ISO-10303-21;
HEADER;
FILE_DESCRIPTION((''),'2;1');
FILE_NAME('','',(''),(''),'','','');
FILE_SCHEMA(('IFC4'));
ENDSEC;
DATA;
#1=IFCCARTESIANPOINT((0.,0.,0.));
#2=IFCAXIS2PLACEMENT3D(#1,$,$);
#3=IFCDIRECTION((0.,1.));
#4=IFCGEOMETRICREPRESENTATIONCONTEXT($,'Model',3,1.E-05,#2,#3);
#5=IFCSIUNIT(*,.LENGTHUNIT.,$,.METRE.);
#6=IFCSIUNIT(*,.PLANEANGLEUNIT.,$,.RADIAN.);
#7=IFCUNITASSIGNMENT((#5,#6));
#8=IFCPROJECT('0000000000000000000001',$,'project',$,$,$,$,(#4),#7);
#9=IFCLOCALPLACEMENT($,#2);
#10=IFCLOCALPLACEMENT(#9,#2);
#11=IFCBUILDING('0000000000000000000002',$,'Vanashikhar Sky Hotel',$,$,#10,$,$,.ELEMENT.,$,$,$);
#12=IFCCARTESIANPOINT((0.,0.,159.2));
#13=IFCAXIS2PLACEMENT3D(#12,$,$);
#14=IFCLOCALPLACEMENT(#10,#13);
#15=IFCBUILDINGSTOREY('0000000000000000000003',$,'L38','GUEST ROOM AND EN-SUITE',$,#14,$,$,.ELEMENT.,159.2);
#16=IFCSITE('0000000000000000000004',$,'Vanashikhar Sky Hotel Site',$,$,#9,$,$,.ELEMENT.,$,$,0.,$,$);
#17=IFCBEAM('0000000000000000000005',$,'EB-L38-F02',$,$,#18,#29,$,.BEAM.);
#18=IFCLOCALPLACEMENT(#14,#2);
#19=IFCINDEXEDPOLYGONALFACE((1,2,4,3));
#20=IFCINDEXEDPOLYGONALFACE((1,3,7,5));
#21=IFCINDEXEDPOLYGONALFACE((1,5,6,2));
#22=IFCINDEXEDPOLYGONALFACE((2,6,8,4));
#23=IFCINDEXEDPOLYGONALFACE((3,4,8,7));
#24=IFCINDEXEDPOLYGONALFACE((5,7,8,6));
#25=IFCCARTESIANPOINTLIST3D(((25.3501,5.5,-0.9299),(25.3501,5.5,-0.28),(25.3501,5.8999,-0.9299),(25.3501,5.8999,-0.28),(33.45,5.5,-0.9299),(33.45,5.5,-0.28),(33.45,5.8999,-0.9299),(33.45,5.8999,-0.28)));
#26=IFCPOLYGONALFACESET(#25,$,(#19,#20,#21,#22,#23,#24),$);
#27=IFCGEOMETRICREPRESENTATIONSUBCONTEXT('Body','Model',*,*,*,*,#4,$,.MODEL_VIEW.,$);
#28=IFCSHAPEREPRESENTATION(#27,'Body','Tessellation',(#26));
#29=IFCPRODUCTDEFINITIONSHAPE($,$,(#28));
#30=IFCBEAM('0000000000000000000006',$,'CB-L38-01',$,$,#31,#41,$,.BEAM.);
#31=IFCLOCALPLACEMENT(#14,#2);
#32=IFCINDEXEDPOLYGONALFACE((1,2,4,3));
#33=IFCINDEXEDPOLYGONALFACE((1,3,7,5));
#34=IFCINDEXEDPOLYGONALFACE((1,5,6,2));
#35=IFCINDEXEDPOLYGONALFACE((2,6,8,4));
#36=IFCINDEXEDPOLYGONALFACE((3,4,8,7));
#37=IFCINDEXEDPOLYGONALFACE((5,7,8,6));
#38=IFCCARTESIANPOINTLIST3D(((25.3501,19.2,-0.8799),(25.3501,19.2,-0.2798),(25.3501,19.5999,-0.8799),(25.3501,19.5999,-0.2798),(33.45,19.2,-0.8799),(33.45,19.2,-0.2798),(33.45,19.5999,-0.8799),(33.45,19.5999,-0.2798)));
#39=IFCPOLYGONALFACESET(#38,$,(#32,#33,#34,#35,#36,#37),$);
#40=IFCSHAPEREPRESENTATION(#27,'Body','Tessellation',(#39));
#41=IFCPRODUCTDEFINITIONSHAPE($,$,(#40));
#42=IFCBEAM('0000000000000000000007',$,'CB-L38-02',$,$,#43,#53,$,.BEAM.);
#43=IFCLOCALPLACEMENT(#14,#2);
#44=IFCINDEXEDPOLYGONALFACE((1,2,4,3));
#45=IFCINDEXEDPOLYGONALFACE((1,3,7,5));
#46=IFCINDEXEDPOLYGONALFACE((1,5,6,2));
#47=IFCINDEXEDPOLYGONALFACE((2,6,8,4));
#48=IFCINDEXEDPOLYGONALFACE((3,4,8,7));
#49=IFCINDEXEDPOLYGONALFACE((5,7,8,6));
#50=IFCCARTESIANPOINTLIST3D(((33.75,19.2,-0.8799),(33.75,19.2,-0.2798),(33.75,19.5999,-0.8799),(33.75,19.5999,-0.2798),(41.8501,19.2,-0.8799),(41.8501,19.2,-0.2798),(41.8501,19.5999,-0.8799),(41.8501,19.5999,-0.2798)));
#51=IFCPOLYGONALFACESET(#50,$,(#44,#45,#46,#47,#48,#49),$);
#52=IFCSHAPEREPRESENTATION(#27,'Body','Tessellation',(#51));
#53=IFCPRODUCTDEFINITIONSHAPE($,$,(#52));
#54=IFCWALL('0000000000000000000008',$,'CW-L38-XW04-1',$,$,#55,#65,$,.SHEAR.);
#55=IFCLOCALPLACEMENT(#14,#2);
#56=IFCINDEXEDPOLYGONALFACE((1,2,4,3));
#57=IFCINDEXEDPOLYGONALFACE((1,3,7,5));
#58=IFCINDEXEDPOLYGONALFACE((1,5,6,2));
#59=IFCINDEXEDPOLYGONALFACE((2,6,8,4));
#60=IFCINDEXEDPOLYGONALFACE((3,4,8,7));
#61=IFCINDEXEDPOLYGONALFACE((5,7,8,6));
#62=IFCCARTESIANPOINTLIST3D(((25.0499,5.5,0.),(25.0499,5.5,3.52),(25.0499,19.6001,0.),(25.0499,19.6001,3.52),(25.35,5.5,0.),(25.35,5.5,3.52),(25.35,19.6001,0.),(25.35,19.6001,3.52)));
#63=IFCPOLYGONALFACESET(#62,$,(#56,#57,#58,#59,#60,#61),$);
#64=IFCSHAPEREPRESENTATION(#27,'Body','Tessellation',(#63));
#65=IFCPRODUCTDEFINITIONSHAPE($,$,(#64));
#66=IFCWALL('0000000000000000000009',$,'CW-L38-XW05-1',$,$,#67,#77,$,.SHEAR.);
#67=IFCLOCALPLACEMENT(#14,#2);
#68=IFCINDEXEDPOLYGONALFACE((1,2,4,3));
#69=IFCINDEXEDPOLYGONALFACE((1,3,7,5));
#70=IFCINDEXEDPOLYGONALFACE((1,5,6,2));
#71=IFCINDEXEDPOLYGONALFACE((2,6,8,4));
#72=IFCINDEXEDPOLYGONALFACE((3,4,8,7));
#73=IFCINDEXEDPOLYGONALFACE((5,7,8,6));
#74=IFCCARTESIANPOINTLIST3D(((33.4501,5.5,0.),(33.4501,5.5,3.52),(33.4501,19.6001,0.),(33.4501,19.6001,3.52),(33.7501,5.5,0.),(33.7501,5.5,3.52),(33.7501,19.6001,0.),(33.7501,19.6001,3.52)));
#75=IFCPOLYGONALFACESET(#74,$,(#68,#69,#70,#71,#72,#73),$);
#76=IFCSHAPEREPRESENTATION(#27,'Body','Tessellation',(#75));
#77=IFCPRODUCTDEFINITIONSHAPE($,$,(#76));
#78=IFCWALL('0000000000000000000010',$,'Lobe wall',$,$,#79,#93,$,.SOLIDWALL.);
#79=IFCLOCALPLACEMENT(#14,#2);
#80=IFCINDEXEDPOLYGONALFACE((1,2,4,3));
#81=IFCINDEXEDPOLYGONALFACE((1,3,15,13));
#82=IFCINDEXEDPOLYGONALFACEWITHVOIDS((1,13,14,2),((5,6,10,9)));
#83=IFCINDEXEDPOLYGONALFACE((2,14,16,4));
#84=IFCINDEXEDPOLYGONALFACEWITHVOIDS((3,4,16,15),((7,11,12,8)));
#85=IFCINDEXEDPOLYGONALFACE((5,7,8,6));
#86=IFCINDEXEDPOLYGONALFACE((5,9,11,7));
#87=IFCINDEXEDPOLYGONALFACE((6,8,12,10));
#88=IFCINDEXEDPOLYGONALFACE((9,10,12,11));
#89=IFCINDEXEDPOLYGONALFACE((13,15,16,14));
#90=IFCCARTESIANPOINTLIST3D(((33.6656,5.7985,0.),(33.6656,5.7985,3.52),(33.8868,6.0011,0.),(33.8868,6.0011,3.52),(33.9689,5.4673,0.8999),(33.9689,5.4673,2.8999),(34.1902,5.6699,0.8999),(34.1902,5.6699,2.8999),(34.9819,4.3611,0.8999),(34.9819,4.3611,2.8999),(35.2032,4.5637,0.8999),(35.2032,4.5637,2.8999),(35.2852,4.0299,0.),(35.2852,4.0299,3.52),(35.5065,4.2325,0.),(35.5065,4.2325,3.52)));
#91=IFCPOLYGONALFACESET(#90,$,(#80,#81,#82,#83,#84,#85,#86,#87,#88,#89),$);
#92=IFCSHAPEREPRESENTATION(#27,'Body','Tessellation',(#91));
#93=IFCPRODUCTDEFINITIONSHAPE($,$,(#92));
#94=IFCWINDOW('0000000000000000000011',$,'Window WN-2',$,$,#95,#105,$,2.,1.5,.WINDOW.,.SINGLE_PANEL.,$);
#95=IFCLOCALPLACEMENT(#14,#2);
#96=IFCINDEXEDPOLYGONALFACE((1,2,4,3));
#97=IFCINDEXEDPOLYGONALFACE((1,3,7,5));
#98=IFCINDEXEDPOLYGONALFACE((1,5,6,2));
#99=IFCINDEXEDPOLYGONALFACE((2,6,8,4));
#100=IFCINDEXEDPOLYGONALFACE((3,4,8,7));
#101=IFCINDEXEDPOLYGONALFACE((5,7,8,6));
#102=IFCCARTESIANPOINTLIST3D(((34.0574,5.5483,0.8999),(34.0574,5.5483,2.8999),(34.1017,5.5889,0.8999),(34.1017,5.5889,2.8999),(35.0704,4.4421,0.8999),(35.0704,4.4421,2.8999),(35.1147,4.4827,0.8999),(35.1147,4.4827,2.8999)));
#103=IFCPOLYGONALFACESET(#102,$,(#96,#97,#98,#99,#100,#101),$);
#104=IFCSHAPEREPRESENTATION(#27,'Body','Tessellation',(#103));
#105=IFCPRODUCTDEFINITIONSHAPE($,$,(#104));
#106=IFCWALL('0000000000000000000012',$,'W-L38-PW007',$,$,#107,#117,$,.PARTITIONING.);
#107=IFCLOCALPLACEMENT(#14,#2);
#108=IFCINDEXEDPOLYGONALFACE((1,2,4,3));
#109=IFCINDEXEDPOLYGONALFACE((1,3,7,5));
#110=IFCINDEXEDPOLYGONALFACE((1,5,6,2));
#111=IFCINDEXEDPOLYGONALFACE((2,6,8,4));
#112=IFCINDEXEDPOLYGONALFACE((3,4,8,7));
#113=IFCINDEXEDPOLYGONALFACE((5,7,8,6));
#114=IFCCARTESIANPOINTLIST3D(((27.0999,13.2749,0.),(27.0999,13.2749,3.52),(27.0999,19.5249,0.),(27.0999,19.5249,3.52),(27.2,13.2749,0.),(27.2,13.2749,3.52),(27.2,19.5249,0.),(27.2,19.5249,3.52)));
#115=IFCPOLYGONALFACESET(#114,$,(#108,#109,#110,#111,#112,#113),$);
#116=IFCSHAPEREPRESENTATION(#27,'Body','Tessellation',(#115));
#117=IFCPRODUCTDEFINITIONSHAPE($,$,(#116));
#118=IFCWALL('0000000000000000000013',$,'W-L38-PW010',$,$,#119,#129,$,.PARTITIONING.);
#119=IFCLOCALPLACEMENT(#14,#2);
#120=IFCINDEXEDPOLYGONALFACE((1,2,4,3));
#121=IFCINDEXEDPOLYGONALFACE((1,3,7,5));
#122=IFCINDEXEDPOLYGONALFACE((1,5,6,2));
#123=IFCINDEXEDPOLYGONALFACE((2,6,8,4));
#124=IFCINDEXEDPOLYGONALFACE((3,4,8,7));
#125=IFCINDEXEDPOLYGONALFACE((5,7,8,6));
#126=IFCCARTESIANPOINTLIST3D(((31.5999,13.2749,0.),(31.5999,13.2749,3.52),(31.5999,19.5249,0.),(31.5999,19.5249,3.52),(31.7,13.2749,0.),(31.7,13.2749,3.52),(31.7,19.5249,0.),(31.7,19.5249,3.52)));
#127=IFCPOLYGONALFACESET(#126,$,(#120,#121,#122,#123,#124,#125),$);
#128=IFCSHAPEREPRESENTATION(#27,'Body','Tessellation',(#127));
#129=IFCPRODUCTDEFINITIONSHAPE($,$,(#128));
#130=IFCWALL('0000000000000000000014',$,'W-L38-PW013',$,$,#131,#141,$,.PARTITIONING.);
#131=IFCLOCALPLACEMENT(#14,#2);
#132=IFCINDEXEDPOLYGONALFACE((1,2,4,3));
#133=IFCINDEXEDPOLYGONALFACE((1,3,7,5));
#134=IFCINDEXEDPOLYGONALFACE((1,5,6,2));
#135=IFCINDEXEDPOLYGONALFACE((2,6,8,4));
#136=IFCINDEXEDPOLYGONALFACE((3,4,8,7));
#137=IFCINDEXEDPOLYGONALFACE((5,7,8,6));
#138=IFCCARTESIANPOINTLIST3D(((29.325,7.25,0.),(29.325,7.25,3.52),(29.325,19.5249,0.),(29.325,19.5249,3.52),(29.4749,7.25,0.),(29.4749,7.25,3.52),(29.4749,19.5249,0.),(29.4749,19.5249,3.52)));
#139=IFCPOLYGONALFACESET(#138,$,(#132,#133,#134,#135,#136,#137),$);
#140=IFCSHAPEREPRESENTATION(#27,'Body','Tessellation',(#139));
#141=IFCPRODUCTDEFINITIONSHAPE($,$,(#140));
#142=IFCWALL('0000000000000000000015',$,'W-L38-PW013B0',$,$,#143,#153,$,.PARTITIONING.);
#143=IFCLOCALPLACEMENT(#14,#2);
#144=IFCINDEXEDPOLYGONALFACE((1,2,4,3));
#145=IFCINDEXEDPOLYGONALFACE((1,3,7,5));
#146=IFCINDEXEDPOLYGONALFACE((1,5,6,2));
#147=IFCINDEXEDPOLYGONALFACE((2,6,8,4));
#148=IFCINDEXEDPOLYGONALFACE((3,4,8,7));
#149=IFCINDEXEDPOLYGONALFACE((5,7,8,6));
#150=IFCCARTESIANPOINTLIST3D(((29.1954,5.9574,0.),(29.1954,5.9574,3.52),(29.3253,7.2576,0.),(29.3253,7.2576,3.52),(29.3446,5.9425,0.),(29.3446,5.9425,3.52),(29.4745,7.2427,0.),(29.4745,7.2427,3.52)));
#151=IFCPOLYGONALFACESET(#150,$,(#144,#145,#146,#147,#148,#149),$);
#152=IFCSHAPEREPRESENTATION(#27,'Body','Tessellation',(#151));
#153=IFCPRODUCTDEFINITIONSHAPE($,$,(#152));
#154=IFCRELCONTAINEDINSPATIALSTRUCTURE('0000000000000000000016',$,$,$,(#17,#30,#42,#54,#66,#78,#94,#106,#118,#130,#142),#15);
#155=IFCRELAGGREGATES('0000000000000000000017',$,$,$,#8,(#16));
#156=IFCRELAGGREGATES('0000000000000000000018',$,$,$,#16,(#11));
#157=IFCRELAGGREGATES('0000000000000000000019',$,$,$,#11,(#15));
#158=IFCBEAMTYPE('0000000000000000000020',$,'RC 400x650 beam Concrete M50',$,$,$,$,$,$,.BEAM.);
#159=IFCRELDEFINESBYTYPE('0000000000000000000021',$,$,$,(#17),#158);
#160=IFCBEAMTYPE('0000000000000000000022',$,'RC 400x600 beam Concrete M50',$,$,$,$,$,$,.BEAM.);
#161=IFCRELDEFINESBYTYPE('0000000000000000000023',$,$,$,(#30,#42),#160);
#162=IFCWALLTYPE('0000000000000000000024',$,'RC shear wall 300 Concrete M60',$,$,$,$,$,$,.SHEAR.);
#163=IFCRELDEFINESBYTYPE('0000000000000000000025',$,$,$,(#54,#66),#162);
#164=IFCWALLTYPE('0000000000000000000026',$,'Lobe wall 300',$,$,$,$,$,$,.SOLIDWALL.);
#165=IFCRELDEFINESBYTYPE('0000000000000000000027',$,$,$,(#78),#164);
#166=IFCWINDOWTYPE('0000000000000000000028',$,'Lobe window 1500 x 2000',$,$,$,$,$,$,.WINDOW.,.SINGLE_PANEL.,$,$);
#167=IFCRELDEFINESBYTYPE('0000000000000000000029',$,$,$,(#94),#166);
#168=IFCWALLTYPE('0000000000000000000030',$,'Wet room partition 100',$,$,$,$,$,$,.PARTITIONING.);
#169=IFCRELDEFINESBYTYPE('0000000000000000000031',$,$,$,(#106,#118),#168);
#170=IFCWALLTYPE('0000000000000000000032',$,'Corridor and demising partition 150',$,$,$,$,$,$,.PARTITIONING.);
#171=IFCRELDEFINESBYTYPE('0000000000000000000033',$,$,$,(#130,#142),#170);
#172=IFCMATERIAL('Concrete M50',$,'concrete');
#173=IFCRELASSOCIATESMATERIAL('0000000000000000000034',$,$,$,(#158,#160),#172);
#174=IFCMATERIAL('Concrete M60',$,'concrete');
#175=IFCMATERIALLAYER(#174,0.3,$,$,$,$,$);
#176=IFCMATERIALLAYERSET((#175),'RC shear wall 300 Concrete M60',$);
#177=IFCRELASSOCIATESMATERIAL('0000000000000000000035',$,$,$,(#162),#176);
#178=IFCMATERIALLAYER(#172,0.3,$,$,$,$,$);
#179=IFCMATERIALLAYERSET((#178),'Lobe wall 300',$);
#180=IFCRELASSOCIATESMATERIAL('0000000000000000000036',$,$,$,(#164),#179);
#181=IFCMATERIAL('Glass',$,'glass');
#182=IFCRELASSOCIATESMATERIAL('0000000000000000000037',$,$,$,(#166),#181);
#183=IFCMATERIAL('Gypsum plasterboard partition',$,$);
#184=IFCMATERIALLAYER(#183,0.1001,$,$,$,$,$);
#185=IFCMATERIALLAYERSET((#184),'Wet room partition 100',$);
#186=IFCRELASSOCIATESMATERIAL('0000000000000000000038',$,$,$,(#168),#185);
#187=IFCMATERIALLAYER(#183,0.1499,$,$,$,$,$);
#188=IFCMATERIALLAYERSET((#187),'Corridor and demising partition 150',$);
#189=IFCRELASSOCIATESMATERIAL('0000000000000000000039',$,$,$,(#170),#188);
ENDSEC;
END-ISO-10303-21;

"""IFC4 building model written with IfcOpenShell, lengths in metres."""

from ifc_helpers import new_model, si_unit, direction, frame, frame_2d, origin, origin_2d, place, context, subcontext, project, spatial, rectangle, extrude, source, transform, mapped, material, layer, layer_set, material_profile, profile_set, type_object, element, fill, save


model = new_model("IFC4")

# Units and contexts
model_context = context("Model", 3, precision=1e-05, world=origin(), true_north=direction((0.0, 1.0)))
body_context = subcontext(model_context, "Body", "Model", "MODEL_VIEW")
ifc_project = project(units=[si_unit("LENGTHUNIT", "METRE"), si_unit("PLANEANGLEUNIT", "RADIAN")], contexts=[model_context])

# Site, building, storey
site_placement = place(None, origin())
site = spatial("IfcSite", under=ifc_project, at=site_placement, Name="Vanashikhar Sky Hotel Site", CompositionType="ELEMENT", RefElevation=0.0)
building_placement = place(site_placement, origin())
building = spatial("IfcBuilding", under=site, at=building_placement, Name="Vanashikhar Sky Hotel", CompositionType="ELEMENT")
storey_placement = place(building_placement, frame((0.0, 0.0, 159.2)))
storey = spatial("IfcBuildingStorey", under=building, at=storey_placement, Name="L38", Description="GUEST ROOM AND EN-SUITE", CompositionType="ELEMENT", Elevation=159.2)

# Beams
ifc_material_1 = material(Name="Concrete M50", Category="concrete")
ifc_material_profile_1 = material_profile(ifc_material_1, rectangle(XDim=0.3999, YDim=0.6499, at=origin_2d()))
ifc_profile_set_1 = profile_set([ifc_material_profile_1], Name="RC 400x650 beam Concrete M50")
beam_type_1 = type_object("IfcBeamType", Name="RC 400x650 beam Concrete M50", PredefinedType="BEAM", material=ifc_profile_set_1)
shared_shape_1 = source(origin(), body_context, "Body", "SweptSolid", [
    extrude(rectangle(XDim=0.3999, YDim=0.6499, at=origin_2d()), origin(), (0.0, 0.0, 1.0), 8.0999),
])
beam_1_placement = place(storey_placement, frame((25.3501, 5.7, -0.605), z_axis=(1.0, 0.0, 0.0), x_axis=(0.0, 1.0, 0.0)))
element("IfcBeam", 1, at=beam_1_placement, inside=storey, type_object=beam_type_1, Name="EB-L38-F02", PredefinedType="BEAM", context=body_context, shape_type="MappedRepresentation", body=[
    mapped(shared_shape_1, transform((0.0, 0.0, 0.0), scale=1.0)),
])
ifc_material_profile_2 = material_profile(ifc_material_1, rectangle(XDim=0.3999, YDim=0.6001, at=origin_2d()))
ifc_profile_set_2 = profile_set([ifc_material_profile_2], Name="RC 400x600 beam Concrete M50")
beam_type_2 = type_object("IfcBeamType", Name="RC 400x600 beam Concrete M50", PredefinedType="BEAM", material=ifc_profile_set_2)
shared_shape_2 = source(origin(), body_context, "Body", "SweptSolid", [
    extrude(rectangle(XDim=0.3999, YDim=0.6001, at=origin_2d()), origin(), (0.0, 0.0, 1.0), 8.0999),
])
beam_2_placement = place(storey_placement, frame((25.3501, 19.3999, -0.5798), z_axis=(1.0, 0.0, 0.0), x_axis=(0.0, 1.0, 0.0)))
element("IfcBeam", 2, at=beam_2_placement, inside=storey, type_object=beam_type_2, Name="CB-L38-01", PredefinedType="BEAM", context=body_context, shape_type="MappedRepresentation", body=[
    mapped(shared_shape_2, transform((0.0, 0.0, 0.0), scale=1.0)),
])
shared_shape_3 = source(origin(), body_context, "Body", "SweptSolid", [
    extrude(rectangle(XDim=0.3999, YDim=0.6001, at=origin_2d()), origin(), (0.0, 0.0, 1.0), 8.1001),
])
beam_3_placement = place(storey_placement, frame((33.75, 19.3999, -0.5798), z_axis=(1.0, 0.0, 0.0), x_axis=(0.0, 1.0, 0.0)))
element("IfcBeam", 3, at=beam_3_placement, inside=storey, type_object=beam_type_2, Name="CB-L38-02", PredefinedType="BEAM", context=body_context, shape_type="MappedRepresentation", body=[
    mapped(shared_shape_3, transform((0.0, 0.0, 0.0), scale=1.0)),
])

# Walls
ifc_material_2 = material(Name="Concrete M60", Category="concrete")
ifc_layer_1 = layer(ifc_material_2, 0.3)
ifc_layer_set_1 = layer_set([ifc_layer_1], Name="RC shear wall 300 Concrete M60")
wall_type_1 = type_object("IfcWallType", Name="RC shear wall 300 Concrete M60", PredefinedType="SHEAR", material=ifc_layer_set_1)
shared_shape_4 = source(origin(), body_context, "Body", "SweptSolid", [
    extrude(rectangle(XDim=14.1001, YDim=0.3, at=frame_2d((7.05, 0.0))), origin(), (0.0, 0.0, 1.0), 3.52),
])
for number, where, z_axis, x_axis, name in (
    (4, (25.2, 5.5, 0.0), (0.0, 0.0, 1.0), (0.0, 1.0, 0.0), "CW-L38-XW04-1"),
    (5, (33.6001, 5.5, 0.0), (0.0, 0.0, 1.0), (0.0, 1.0, 0.0), "CW-L38-XW05-1"),
):
    element("IfcWall", number, at=place(storey_placement, frame(where, z_axis=z_axis, x_axis=x_axis)), inside=storey, type_object=wall_type_1, Name=name, PredefinedType="SHEAR", context=body_context, shape_type="MappedRepresentation", body=[
        mapped(shared_shape_4, transform((0.0, 0.0, 0.0), scale=1.0)),
    ])

# Wall, opening, window
ifc_layer_2 = layer(ifc_material_1, 0.3)
ifc_layer_set_2 = layer_set([ifc_layer_2], Name="Lobe wall 300")
wall_type_2 = type_object("IfcWallType", Name="Lobe wall 300", PredefinedType="SOLIDWALL", material=ifc_layer_set_2)
shared_shape_5 = source(origin(), body_context, "Body", "SweptSolid", [
    extrude(rectangle(XDim=2.3982, YDim=0.3, at=frame_2d((1.1992, 0.0))), origin(), (0.0, 0.0, 1.0), 3.52),
])
wall_1_placement = place(storey_placement, frame((33.7761, 5.8999, 0.0), z_axis=(0.0, 0.0, 1.0), x_axis=(0.675374, -0.737475, 0.0)))
wall_1 = element("IfcWall", 6, at=wall_1_placement, inside=storey, type_object=wall_type_2, Name="Lobe wall", PredefinedType="SOLIDWALL", context=body_context, shape_type="MappedRepresentation", body=[
    mapped(shared_shape_5, transform((0.0, 0.0, 0.0), scale=1.0)),
])
shared_shape_6 = source(origin(), body_context, "Body", "SweptSolid", [
    extrude(rectangle(XDim=1.5, YDim=2.0, at=frame_2d((0.75, 1.0))), frame((0.0, 0.1602, 0.0), z_axis=(0.0, -1.0, 0.0), x_axis=(1.0, 0.0, 0.0)), (0.0, 0.0, 1.0), 0.3201),
])
opening_1_placement = place(wall_1_placement, frame((0.4492, 0.0, 0.8999)))
opening_1 = element("IfcOpeningElement", 7, at=opening_1_placement, cuts=wall_1, PredefinedType="OPENING", context=body_context, shape_type="MappedRepresentation", body=[
    mapped(shared_shape_6, transform((0.0, 0.0, 0.0), scale=1.0)),
])
ifc_material_3 = material(Name="Glass", Category="glass")
window_type_1 = type_object("IfcWindowType", Name="Lobe window 1500 x 2000", PartitioningType="SINGLE_PANEL", PredefinedType="WINDOW", material=ifc_material_3)
shared_shape_7 = source(origin(), body_context, "Body", "SweptSolid", [
    extrude(rectangle(XDim=1.5, YDim=2.0, at=frame_2d((0.75, 1.0))), frame((0.0, 0.03, 0.0), z_axis=(0.0, -1.0, 0.0), x_axis=(1.0, 0.0, 0.0)), (0.0, 0.0, 1.0), 0.0601),
])
window_1_placement = place(opening_1_placement, origin())
window_1 = element("IfcWindow", 8, at=window_1_placement, inside=storey, type_object=window_type_1, Name="Window WN-2", OverallHeight=2.0, OverallWidth=1.5, PartitioningType="SINGLE_PANEL", PredefinedType="WINDOW", context=body_context, shape_type="MappedRepresentation", body=[
    mapped(shared_shape_7, transform((0.0, 0.0, 0.0), scale=1.0)),
])
fill(opening_1, window_1)

# Walls
ifc_material_4 = material(Name="Gypsum plasterboard partition")
ifc_layer_3 = layer(ifc_material_4, 0.1001)
ifc_layer_set_3 = layer_set([ifc_layer_3], Name="Wet room partition 100")
wall_type_3 = type_object("IfcWallType", Name="Wet room partition 100", PredefinedType="PARTITIONING", material=ifc_layer_set_3)
shared_shape_8 = source(origin(), body_context, "Body", "SweptSolid", [
    extrude(rectangle(XDim=6.25, YDim=0.1001, at=frame_2d((3.125, 0.0))), origin(), (0.0, 0.0, 1.0), 3.52),
])
for number, where, z_axis, x_axis, name in (
    (9, (27.1499, 13.2749, 0.0), (0.0, 0.0, 1.0), (0.0, 1.0, 0.0), "W-L38-PW007"),
    (10, (31.6499, 13.2749, 0.0), (0.0, 0.0, 1.0), (0.0, 1.0, 0.0), "W-L38-PW010"),
):
    element("IfcWall", number, at=place(storey_placement, frame(where, z_axis=z_axis, x_axis=x_axis)), inside=storey, type_object=wall_type_3, Name=name, PredefinedType="PARTITIONING", context=body_context, shape_type="MappedRepresentation", body=[
        mapped(shared_shape_8, transform((0.0, 0.0, 0.0), scale=1.0)),
    ])
ifc_layer_4 = layer(ifc_material_4, 0.1499)
ifc_layer_set_4 = layer_set([ifc_layer_4], Name="Corridor and demising partition 150")
wall_type_4 = type_object("IfcWallType", Name="Corridor and demising partition 150", PredefinedType="PARTITIONING", material=ifc_layer_set_4)
shared_shape_9 = source(origin(), body_context, "Body", "SweptSolid", [
    extrude(rectangle(XDim=12.2749, YDim=0.1499, at=frame_2d((6.1375, 0.0))), origin(), (0.0, 0.0, 1.0), 3.52),
])
wall_2_placement = place(storey_placement, frame((29.3999, 7.25, 0.0), z_axis=(0.0, 0.0, 1.0), x_axis=(0.0, 1.0, 0.0)))
element("IfcWall", 11, at=wall_2_placement, inside=storey, type_object=wall_type_4, Name="W-L38-PW013", PredefinedType="PARTITIONING", context=body_context, shape_type="MappedRepresentation", body=[
    mapped(shared_shape_9, transform((0.0, 0.0, 0.0), scale=1.0)),
])
shared_shape_10 = source(origin(), body_context, "Body", "SweptSolid", [
    extrude(rectangle(XDim=1.3066, YDim=0.1499, at=frame_2d((0.6533, 0.0))), origin(), (0.0, 0.0, 1.0), 3.52),
])
wall_3_placement = place(storey_placement, frame((29.27, 5.95, 0.0), z_axis=(0.0, 0.0, 1.0), x_axis=(0.099411, 0.995046, 0.0)))
element("IfcWall", 12, at=wall_3_placement, inside=storey, type_object=wall_type_4, Name="W-L38-PW013B0", PredefinedType="PARTITIONING", context=body_context, shape_type="MappedRepresentation", body=[
    mapped(shared_shape_10, transform((0.0, 0.0, 0.0), scale=1.0)),
])

save(model, "model.ifc")
